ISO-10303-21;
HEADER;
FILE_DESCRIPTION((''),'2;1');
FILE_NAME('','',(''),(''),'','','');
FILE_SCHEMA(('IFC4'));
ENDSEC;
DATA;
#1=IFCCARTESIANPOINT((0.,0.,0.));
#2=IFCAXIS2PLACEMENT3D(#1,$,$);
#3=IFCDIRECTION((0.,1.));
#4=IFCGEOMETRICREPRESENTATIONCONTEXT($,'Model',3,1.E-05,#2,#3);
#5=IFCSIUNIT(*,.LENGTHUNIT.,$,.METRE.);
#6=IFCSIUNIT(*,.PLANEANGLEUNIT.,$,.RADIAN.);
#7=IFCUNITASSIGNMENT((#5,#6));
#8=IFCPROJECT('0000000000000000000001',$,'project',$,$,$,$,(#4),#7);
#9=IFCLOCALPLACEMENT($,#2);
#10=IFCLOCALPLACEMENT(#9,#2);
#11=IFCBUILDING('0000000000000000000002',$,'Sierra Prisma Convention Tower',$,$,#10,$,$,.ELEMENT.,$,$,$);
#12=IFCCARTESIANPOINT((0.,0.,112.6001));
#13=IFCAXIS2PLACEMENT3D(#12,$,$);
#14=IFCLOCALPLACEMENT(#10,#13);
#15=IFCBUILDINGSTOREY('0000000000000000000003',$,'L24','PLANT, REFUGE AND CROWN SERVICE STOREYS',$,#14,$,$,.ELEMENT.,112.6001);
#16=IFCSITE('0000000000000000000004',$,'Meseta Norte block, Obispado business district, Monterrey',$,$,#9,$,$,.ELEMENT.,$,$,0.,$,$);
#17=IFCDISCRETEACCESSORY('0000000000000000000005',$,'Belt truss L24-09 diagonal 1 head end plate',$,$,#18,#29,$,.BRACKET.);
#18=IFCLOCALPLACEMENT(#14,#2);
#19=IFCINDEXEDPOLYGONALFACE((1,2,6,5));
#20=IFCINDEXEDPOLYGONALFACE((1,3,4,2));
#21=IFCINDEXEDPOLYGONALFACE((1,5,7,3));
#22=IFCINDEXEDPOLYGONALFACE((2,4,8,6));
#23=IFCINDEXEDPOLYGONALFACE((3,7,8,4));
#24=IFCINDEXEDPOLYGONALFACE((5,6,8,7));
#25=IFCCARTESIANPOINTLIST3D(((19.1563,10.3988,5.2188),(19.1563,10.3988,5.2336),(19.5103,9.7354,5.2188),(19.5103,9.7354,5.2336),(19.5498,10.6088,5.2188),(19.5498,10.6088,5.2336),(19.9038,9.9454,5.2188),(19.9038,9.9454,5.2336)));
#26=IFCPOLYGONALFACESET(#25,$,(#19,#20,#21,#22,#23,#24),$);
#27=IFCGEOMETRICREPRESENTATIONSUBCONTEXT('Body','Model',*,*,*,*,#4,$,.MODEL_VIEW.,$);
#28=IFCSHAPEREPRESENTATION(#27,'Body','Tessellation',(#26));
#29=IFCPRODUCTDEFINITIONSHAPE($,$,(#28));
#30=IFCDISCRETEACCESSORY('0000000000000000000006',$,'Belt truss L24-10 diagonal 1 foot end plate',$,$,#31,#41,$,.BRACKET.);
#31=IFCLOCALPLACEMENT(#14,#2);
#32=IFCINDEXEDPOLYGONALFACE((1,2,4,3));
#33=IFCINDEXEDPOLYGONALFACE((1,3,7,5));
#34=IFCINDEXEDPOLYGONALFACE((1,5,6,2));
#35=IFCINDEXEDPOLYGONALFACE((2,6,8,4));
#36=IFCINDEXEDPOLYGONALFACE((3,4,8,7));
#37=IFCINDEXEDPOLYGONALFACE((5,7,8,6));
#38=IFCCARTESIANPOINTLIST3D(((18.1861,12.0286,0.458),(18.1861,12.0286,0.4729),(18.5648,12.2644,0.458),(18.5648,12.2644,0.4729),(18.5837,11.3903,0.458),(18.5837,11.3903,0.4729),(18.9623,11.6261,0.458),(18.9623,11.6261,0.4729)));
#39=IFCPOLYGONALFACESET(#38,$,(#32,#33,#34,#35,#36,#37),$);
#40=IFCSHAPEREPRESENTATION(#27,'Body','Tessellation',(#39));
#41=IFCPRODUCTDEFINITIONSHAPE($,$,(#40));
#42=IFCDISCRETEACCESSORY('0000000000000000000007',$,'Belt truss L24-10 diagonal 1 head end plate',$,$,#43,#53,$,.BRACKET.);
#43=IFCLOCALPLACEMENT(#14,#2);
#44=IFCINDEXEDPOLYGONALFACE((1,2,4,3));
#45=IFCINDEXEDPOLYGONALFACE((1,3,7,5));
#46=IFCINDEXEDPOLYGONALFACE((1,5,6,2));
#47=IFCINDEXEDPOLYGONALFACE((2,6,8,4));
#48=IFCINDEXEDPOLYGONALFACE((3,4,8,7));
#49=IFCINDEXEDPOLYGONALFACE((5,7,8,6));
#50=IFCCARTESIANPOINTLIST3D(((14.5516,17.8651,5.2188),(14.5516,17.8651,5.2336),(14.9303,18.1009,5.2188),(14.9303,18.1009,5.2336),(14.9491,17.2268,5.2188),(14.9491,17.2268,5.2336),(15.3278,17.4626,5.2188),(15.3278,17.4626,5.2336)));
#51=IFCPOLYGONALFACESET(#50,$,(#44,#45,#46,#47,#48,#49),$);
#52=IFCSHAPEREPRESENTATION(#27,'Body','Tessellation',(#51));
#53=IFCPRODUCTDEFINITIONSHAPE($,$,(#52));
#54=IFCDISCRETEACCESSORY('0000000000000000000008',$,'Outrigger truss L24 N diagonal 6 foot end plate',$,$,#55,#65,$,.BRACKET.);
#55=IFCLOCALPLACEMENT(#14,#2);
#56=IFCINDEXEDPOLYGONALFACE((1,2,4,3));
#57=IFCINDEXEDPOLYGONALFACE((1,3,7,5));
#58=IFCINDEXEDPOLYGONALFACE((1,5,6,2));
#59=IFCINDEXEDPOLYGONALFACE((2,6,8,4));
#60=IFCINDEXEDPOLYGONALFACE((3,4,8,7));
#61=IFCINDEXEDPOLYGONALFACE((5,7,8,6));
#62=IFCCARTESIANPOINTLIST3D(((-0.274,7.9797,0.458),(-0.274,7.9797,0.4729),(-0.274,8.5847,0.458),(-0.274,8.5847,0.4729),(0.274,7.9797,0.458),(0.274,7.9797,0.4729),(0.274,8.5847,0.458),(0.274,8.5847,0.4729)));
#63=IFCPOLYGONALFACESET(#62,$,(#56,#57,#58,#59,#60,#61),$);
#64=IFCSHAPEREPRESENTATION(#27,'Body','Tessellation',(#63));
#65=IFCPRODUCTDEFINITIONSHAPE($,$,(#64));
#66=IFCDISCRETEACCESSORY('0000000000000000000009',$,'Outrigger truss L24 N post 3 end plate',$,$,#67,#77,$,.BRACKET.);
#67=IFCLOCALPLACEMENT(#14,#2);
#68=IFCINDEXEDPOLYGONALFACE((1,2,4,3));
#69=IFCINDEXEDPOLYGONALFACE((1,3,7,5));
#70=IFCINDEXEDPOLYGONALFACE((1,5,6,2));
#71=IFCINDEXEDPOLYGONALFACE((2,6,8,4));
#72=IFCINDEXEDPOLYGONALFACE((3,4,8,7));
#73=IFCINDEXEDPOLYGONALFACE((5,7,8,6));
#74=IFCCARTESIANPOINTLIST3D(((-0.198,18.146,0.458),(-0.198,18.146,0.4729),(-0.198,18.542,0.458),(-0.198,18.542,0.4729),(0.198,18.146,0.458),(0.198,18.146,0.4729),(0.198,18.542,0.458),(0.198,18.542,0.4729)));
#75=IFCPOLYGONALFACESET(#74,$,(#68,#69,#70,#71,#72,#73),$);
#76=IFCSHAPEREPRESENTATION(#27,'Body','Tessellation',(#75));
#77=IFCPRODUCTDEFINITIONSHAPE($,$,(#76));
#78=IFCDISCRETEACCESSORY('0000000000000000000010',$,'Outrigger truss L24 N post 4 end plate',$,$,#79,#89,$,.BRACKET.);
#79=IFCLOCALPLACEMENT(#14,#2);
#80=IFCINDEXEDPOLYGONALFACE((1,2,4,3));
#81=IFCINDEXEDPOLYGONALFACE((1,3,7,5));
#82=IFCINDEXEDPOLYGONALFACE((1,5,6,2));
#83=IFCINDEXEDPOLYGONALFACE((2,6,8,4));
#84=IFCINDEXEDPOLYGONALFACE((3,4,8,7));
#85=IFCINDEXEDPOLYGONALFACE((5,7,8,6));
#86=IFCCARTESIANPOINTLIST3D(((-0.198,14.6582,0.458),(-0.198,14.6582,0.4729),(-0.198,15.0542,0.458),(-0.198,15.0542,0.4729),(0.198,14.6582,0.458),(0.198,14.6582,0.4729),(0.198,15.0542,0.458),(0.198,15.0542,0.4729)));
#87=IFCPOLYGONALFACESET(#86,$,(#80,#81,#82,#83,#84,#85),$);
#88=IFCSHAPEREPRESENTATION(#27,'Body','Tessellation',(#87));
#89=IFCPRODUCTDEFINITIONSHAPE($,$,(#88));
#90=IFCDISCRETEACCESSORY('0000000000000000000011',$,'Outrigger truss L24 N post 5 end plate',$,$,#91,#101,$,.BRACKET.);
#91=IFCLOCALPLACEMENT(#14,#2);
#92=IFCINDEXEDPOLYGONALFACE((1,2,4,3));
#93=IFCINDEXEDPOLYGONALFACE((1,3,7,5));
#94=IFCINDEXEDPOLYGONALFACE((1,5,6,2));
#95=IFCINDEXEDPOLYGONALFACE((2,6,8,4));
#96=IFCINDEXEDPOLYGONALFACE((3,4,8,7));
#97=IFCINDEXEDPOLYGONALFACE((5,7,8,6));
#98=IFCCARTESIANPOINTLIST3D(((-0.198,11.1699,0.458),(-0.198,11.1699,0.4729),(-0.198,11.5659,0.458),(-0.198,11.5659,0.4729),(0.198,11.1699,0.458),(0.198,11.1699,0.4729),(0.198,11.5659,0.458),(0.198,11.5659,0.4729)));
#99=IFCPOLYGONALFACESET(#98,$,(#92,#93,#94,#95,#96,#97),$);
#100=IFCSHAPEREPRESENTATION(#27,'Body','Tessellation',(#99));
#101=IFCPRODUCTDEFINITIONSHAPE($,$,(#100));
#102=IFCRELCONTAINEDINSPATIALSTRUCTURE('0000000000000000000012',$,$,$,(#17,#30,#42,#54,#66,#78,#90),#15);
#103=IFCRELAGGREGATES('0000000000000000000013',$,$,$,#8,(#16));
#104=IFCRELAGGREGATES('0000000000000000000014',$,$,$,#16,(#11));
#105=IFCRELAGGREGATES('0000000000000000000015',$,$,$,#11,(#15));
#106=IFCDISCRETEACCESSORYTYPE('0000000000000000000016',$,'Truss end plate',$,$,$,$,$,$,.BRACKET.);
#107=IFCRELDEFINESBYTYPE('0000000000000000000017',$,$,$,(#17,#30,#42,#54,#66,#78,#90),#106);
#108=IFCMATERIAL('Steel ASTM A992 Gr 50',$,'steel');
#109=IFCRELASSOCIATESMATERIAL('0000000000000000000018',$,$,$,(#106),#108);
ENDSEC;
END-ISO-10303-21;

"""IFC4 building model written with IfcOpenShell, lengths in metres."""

from ifc_helpers import new_model, si_unit, direction, frame, origin, origin_2d, place, context, subcontext, project, spatial, rectangle, extrude, material, type_object, element, save


model = new_model("IFC4")

# Units and contexts
model_context = context("Model", 3, precision=1e-05, world=origin(), true_north=direction((0.0, 1.0)))
body_context = subcontext(model_context, "Body", "Model", "MODEL_VIEW")
ifc_project = project(units=[si_unit("LENGTHUNIT", "METRE"), si_unit("PLANEANGLEUNIT", "RADIAN")], contexts=[model_context])

# Site, building, storey
site_placement = place(None, origin())
site = spatial("IfcSite", under=ifc_project, at=site_placement, Name="Meseta Norte block, Obispado business district, Monterrey", CompositionType="ELEMENT", RefElevation=0.0)
building_placement = place(site_placement, origin())
building = spatial("IfcBuilding", under=site, at=building_placement, Name="Sierra Prisma Convention Tower", CompositionType="ELEMENT")
storey_placement = place(building_placement, frame((0.0, 0.0, 112.6001)))
storey = spatial("IfcBuildingStorey", under=building, at=storey_placement, Name="L24", Description="PLANT, REFUGE AND CROWN SERVICE STOREYS", CompositionType="ELEMENT", Elevation=112.6001)

# Discrete accessories
ifc_material_1 = material(Name="Steel ASTM A992 Gr 50", Category="steel")
discrete_accessory_type = type_object("IfcDiscreteAccessoryType", Name="Truss end plate", PredefinedType="BRACKET", material=ifc_material_1)
for number, where, z_axis, x_axis, name in (
    (1, (19.53, 10.1721, 5.2188), (0.0, 0.0, 1.0), (-0.470798, 0.882241, 0.0), "Belt truss L24-09 diagonal 1 head end plate"),
    (2, (18.5742, 11.8274, 0.458), (0.0, 0.0, 1.0), (-0.528644, 0.848843, 0.0), "Belt truss L24-10 diagonal 1 foot end plate"),
    (3, (14.9397, 17.6638, 5.2188), (0.0, 0.0, 1.0), (-0.528644, 0.848843, 0.0), "Belt truss L24-10 diagonal 1 head end plate"),
):
    element("IfcDiscreteAccessory", number, at=place(storey_placement, frame(where, z_axis=z_axis, x_axis=x_axis)), inside=storey, type_object=discrete_accessory_type, Name=name, PredefinedType="BRACKET", context=body_context, shape_type="SweptSolid", body=[
        extrude(rectangle(XDim=0.752, YDim=0.446, at=origin_2d()), origin(), (0.0, 0.0, 1.0), 0.0149),
    ])
discrete_accessory_placement = place(storey_placement, frame((0.0, 8.2822, 0.458), z_axis=(0.0, 0.0, 1.0), x_axis=(0.0, -1.0, 0.0)))
element("IfcDiscreteAccessory", 4, at=discrete_accessory_placement, inside=storey, type_object=discrete_accessory_type, Name="Outrigger truss L24 N diagonal 6 foot end plate", PredefinedType="BRACKET", context=body_context, shape_type="SweptSolid", body=[
    extrude(rectangle(XDim=0.605, YDim=0.5481, at=origin_2d()), origin(), (0.0, 0.0, 1.0), 0.0149),
])
for number, where, z_axis, x_axis, name in (
    (5, (0.0, 18.344, 0.458), (0.0, 0.0, 1.0), (0.0, -1.0, 0.0), "Outrigger truss L24 N post 3 end plate"),
    (6, (0.0, 14.8562, 0.458), (0.0, 0.0, 1.0), (0.0, -1.0, 0.0), "Outrigger truss L24 N post 4 end plate"),
    (7, (0.0, 11.3679, 0.458), (0.0, 0.0, 1.0), (0.0, -1.0, 0.0), "Outrigger truss L24 N post 5 end plate"),
):
    element("IfcDiscreteAccessory", number, at=place(storey_placement, frame(where, z_axis=z_axis, x_axis=x_axis)), inside=storey, type_object=discrete_accessory_type, Name=name, PredefinedType="BRACKET", context=body_context, shape_type="SweptSolid", body=[
        extrude(rectangle(XDim=0.396, YDim=0.396, at=origin_2d()), origin(), (0.0, 0.0, 1.0), 0.0149),
    ])

save(model, "model.ifc")
